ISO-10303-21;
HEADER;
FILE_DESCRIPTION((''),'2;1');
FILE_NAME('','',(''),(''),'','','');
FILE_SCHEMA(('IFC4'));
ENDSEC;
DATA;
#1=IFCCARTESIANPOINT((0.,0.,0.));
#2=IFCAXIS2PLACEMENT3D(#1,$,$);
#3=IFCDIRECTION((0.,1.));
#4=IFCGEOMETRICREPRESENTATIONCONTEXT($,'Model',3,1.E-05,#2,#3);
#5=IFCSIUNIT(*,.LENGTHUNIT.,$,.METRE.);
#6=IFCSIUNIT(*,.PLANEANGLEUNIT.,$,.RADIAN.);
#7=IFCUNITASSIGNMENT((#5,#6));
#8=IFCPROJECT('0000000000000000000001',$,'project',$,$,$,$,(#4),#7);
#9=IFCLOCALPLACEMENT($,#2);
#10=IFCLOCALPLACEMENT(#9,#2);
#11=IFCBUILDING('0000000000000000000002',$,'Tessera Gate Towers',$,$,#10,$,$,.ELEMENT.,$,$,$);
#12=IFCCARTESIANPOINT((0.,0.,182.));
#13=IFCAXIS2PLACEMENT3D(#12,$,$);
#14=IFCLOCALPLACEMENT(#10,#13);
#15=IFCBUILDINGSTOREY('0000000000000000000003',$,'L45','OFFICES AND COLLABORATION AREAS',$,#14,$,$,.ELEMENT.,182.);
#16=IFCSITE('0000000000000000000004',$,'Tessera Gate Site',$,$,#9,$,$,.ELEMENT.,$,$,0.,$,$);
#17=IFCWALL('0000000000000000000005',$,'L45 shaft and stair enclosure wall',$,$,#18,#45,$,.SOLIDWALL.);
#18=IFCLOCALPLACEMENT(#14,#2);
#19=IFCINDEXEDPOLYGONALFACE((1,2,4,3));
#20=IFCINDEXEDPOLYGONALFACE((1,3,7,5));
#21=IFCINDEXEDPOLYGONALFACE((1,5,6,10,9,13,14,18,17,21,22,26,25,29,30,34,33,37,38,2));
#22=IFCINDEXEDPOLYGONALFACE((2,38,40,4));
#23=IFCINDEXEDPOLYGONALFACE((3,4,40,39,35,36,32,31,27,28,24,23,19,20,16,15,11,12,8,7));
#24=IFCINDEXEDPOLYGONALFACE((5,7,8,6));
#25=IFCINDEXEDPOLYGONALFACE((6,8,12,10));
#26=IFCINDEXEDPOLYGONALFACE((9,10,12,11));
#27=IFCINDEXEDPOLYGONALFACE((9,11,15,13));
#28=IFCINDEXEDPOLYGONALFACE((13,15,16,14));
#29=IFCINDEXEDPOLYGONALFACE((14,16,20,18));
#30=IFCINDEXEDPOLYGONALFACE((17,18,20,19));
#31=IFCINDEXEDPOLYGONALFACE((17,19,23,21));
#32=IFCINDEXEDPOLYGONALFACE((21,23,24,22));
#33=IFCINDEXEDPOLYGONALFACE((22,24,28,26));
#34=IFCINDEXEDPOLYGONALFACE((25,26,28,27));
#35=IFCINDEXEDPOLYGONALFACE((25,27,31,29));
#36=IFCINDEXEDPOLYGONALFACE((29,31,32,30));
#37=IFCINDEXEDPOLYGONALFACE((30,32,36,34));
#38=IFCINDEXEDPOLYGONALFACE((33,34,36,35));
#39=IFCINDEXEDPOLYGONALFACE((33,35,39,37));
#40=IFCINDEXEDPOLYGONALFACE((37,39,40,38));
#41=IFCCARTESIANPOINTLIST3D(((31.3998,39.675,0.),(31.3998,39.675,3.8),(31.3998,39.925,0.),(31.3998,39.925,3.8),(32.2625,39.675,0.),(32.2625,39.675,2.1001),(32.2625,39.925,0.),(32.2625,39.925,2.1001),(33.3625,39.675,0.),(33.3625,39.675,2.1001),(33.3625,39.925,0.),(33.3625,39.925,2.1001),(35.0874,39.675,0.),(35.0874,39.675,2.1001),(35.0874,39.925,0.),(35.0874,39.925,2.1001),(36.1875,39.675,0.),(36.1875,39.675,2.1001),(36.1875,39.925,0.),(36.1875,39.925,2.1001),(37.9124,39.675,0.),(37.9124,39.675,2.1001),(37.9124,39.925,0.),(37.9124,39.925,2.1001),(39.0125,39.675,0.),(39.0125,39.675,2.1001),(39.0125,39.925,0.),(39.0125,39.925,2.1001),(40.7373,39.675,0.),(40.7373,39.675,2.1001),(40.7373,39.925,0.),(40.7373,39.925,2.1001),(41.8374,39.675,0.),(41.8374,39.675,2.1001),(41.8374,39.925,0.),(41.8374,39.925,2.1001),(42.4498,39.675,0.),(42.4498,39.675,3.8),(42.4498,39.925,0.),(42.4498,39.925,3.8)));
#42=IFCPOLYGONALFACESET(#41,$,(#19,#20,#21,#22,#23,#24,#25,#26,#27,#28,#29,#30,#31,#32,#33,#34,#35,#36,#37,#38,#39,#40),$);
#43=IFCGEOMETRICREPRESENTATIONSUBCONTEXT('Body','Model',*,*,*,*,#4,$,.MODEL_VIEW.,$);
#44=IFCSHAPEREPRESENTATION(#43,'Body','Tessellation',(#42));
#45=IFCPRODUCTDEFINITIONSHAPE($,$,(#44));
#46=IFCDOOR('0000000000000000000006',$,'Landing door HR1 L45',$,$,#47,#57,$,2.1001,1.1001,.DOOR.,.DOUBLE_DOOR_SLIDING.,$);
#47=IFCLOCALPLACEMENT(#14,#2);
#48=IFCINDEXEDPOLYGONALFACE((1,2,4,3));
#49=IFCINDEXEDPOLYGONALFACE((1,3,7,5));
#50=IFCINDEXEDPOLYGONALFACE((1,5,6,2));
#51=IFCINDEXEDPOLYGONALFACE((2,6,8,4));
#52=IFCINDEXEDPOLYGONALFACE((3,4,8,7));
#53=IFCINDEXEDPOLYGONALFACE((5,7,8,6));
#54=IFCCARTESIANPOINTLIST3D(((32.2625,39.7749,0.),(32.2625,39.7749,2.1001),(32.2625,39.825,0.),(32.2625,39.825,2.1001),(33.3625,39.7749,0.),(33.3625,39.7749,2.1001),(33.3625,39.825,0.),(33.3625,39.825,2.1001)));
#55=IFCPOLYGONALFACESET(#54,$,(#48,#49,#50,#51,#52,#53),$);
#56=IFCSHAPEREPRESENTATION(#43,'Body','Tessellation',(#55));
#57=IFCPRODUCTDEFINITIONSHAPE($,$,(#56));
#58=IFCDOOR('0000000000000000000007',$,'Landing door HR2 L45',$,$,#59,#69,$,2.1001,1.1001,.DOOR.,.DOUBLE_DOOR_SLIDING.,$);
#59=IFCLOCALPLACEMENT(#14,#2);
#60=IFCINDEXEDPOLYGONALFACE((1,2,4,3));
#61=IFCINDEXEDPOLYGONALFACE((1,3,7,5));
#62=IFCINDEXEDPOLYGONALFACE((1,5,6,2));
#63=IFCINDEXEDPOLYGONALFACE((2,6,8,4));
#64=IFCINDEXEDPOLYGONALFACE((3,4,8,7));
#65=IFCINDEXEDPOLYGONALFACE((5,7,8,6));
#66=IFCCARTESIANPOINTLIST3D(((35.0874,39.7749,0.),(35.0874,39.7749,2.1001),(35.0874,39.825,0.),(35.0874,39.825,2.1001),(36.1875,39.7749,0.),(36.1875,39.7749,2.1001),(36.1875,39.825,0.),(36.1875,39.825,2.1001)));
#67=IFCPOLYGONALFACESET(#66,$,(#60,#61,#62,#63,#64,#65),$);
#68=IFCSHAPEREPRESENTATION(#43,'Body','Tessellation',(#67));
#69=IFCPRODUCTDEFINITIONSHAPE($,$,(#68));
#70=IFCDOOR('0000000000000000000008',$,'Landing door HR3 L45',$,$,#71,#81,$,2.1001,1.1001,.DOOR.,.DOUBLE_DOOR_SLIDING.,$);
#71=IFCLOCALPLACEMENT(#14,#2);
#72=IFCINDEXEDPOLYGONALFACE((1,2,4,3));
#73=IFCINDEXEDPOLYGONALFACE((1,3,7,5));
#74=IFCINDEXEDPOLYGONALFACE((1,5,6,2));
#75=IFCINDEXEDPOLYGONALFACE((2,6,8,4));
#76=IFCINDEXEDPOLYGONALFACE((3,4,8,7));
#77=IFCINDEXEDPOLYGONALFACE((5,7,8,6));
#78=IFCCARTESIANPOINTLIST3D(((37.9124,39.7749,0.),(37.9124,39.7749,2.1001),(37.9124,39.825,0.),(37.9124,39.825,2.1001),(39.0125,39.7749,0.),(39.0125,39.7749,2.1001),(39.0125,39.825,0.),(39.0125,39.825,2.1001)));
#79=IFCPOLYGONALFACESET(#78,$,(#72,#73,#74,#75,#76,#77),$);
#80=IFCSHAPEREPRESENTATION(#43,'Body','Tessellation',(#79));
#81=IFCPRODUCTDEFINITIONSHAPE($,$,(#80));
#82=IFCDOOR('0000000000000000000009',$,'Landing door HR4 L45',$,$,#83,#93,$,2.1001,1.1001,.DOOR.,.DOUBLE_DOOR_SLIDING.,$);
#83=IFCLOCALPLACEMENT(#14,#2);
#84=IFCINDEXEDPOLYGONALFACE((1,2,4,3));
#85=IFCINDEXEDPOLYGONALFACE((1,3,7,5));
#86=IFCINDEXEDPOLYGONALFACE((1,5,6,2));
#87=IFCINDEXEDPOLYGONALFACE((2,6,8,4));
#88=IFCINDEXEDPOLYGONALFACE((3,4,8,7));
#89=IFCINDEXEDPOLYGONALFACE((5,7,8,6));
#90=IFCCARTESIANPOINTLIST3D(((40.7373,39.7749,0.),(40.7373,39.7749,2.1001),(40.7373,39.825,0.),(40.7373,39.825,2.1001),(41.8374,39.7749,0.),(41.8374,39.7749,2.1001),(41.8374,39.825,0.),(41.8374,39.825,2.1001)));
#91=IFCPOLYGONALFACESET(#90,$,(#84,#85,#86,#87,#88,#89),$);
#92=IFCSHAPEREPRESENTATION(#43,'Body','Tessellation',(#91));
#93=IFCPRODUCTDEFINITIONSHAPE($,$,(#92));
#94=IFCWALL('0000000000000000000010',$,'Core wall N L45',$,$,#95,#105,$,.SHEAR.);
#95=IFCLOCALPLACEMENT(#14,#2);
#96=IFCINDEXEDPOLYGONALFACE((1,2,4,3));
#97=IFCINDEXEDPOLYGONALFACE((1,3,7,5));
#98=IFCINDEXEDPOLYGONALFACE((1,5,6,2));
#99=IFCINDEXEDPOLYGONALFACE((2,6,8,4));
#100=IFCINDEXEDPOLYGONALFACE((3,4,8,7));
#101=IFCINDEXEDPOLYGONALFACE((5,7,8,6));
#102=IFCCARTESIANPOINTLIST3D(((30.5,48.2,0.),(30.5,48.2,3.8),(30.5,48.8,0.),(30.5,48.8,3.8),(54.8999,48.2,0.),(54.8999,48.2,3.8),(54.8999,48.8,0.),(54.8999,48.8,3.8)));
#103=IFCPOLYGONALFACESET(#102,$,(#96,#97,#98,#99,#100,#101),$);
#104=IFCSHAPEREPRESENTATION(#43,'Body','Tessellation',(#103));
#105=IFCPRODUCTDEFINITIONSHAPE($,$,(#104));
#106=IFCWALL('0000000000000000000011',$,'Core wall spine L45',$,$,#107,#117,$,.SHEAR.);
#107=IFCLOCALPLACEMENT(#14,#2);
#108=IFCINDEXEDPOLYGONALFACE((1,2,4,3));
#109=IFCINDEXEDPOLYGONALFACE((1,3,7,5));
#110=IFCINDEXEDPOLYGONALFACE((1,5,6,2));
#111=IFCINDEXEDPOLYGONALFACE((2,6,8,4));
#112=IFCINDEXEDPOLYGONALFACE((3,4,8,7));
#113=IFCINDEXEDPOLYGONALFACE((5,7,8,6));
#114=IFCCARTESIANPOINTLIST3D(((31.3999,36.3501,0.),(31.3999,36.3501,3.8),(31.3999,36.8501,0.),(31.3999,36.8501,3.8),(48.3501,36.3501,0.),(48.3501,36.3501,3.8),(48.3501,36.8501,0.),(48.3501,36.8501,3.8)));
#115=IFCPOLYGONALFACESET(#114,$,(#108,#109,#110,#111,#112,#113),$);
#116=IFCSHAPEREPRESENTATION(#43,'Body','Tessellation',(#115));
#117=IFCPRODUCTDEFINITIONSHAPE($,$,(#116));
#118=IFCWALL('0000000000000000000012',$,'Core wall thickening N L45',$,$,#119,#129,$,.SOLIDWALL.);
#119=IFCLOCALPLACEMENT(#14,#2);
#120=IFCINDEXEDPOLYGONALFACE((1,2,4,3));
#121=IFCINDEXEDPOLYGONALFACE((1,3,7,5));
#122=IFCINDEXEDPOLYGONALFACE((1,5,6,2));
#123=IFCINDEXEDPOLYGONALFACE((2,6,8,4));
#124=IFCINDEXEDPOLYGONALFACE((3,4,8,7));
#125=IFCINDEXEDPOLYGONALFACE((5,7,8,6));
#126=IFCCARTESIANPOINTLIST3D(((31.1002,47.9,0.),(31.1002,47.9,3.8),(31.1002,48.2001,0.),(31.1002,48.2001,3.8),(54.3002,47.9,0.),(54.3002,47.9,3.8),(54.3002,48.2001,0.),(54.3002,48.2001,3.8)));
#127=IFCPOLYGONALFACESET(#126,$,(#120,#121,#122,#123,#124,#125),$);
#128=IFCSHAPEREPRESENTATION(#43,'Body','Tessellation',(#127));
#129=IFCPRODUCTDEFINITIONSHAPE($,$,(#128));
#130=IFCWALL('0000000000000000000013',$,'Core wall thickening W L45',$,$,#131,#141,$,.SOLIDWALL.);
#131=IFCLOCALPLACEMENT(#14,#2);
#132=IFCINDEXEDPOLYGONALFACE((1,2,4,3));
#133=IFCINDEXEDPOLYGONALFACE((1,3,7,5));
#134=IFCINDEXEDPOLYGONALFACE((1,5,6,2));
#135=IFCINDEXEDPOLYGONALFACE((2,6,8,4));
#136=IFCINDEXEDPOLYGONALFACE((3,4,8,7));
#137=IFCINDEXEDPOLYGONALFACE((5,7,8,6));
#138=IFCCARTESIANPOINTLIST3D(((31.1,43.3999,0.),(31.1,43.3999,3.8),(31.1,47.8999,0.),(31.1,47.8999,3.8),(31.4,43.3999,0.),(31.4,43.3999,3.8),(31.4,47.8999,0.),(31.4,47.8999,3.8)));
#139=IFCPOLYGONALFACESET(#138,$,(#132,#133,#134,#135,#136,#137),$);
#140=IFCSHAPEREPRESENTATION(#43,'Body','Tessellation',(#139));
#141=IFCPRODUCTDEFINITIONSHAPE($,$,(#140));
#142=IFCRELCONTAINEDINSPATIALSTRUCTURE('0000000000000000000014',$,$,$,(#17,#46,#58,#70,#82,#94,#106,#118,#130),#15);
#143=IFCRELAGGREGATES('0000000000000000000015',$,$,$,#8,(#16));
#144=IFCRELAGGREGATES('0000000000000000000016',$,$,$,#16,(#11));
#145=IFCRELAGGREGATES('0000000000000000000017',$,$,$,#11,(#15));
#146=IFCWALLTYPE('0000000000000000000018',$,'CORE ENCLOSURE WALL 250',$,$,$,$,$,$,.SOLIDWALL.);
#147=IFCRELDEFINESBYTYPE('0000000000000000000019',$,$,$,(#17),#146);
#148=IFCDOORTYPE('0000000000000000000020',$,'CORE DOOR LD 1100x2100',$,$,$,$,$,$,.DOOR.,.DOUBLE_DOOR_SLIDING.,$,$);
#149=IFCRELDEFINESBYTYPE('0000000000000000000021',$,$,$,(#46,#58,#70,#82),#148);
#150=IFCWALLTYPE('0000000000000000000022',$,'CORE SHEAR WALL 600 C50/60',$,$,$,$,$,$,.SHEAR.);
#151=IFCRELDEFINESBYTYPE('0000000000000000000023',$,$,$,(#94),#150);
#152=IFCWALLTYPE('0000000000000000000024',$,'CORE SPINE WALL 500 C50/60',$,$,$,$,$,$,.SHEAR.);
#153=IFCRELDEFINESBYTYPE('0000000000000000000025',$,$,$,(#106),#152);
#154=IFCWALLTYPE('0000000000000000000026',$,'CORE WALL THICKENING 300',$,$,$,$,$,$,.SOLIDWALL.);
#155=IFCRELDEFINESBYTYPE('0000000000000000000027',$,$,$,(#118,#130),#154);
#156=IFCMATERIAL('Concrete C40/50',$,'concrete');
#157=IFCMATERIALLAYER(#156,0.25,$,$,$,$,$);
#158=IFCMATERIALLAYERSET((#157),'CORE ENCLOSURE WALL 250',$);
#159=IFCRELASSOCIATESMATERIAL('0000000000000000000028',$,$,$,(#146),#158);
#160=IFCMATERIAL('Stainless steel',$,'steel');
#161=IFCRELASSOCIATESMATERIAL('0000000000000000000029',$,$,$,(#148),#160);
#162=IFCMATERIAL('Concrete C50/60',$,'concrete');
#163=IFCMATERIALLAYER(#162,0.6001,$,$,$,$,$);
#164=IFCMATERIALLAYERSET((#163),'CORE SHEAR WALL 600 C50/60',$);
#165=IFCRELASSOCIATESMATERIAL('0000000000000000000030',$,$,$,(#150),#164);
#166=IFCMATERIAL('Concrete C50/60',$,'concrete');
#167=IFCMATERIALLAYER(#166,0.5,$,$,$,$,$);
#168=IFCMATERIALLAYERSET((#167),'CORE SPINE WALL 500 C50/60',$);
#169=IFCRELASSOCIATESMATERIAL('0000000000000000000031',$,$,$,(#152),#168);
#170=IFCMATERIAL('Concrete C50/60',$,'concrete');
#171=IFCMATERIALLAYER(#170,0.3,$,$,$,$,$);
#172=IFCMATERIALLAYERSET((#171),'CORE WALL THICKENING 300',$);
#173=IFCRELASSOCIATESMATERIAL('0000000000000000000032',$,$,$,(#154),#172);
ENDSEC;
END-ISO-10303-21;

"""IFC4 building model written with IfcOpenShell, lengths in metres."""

from ifc_helpers import new_model, si_unit, direction, frame, frame_2d, origin, place, context, subcontext, project, spatial, rectangle, extrude, source, transform, mapped, material, layer, layer_set, type_object, element, fill, save


model = new_model("IFC4")

# Units and contexts
model_context = context("Model", 3, precision=1e-05, world=origin(), true_north=direction((0.0, 1.0)))
body_context = subcontext(model_context, "Body", "Model", "MODEL_VIEW")
ifc_project = project(units=[si_unit("LENGTHUNIT", "METRE"), si_unit("PLANEANGLEUNIT", "RADIAN")], contexts=[model_context])

# Site, building, storey
site_placement = place(None, origin())
site = spatial("IfcSite", under=ifc_project, at=site_placement, Name="Tessera Gate Site", CompositionType="ELEMENT", RefElevation=0.0)
building_placement = place(site_placement, origin())
building = spatial("IfcBuilding", under=site, at=building_placement, Name="Tessera Gate Towers", CompositionType="ELEMENT")
storey_placement = place(building_placement, frame((0.0, 0.0, 182.0)))
storey = spatial("IfcBuildingStorey", under=building, at=storey_placement, Name="L45", Description="OFFICES AND COLLABORATION AREAS", CompositionType="ELEMENT", Elevation=182.0)

# Wall, openings, doors
ifc_material_1 = material(Name="Concrete C40/50", Category="concrete")
ifc_layer_1 = layer(ifc_material_1, 0.25)
ifc_layer_set_1 = layer_set([ifc_layer_1], Name="CORE ENCLOSURE WALL 250")
wall_type_1 = type_object("IfcWallType", Name="CORE ENCLOSURE WALL 250", PredefinedType="SOLIDWALL", material=ifc_layer_set_1)
wall_1_placement = place(storey_placement, frame((31.3999, 39.8, 0.0), z_axis=(0.0, 0.0, 1.0), x_axis=(1.0, 0.0, 0.0)))
wall_1 = element("IfcWall", 1, at=wall_1_placement, inside=storey, type_object=wall_type_1, Name="L45 shaft and stair enclosure wall", PredefinedType="SOLIDWALL", context=body_context, shape_type="SweptSolid", body=[
    extrude(rectangle(XDim=11.05, YDim=0.25, at=frame_2d((5.5249, 0.0))), origin(), (0.0, 0.0, 1.0), 3.8),
])
shared_shape_1 = source(origin(), body_context, "Body", "SweptSolid", [
    extrude(rectangle(XDim=1.1001, YDim=2.1001, at=frame_2d((0.55, 1.05))), frame((0.0, 0.135, 0.0), z_axis=(0.0, -1.0, 0.0), x_axis=(1.0, 0.0, 0.0)), (0.0, 0.0, 1.0), 0.27),
])
opening_1_placement = place(wall_1_placement, frame((0.8625, 0.0, 0.0)))
opening_1 = element("IfcOpeningElement", 2, at=opening_1_placement, cuts=wall_1, PredefinedType="OPENING", context=body_context, shape_type="MappedRepresentation", body=[
    mapped(shared_shape_1, transform((0.0, 0.0, 0.0), scale=1.0)),
])
opening_2_placement = place(wall_1_placement, frame((3.6875, 0.0, 0.0)))
opening_2 = element("IfcOpeningElement", 3, at=opening_2_placement, cuts=wall_1, PredefinedType="OPENING", context=body_context, shape_type="MappedRepresentation", body=[
    mapped(shared_shape_1, transform((0.0, 0.0, 0.0), scale=1.0)),
])
opening_3_placement = place(wall_1_placement, frame((6.5125, 0.0, 0.0)))
opening_3 = element("IfcOpeningElement", 4, at=opening_3_placement, cuts=wall_1, PredefinedType="OPENING", context=body_context, shape_type="MappedRepresentation", body=[
    mapped(shared_shape_1, transform((0.0, 0.0, 0.0), scale=1.0)),
])
opening_4_placement = place(wall_1_placement, frame((9.3374, 0.0, 0.0)))
opening_4 = element("IfcOpeningElement", 5, at=opening_4_placement, cuts=wall_1, PredefinedType="OPENING", context=body_context, shape_type="MappedRepresentation", body=[
    mapped(shared_shape_1, transform((0.0, 0.0, 0.0), scale=1.0)),
])
ifc_material_2 = material(Name="Stainless steel", Category="steel")
door_type_1 = type_object("IfcDoorType", Name="CORE DOOR LD 1100x2100", OperationType="DOUBLE_DOOR_SLIDING", PredefinedType="DOOR", material=ifc_material_2)
shared_shape_2 = source(origin(), body_context, "Body", "SweptSolid", [
    extrude(rectangle(XDim=1.1001, YDim=2.1001, at=frame_2d((0.55, 1.05))), frame((0.0, 0.0249, 0.0), z_axis=(0.0, -1.0, 0.0), x_axis=(1.0, 0.0, 0.0)), (0.0, 0.0, 1.0), 0.05),
])
door_1_placement = place(opening_1_placement, origin())
door_1 = element("IfcDoor", 6, at=door_1_placement, inside=storey, type_object=door_type_1, Name="Landing door HR1 L45", OperationType="DOUBLE_DOOR_SLIDING", OverallHeight=2.1001, OverallWidth=1.1001, PredefinedType="DOOR", context=body_context, shape_type="MappedRepresentation", body=[
    mapped(shared_shape_2, transform((0.0, 0.0, 0.0), scale=1.0)),
])
fill(opening_1, door_1)
door_2_placement = place(opening_2_placement, origin())
door_2 = element("IfcDoor", 7, at=door_2_placement, inside=storey, type_object=door_type_1, Name="Landing door HR2 L45", OperationType="DOUBLE_DOOR_SLIDING", OverallHeight=2.1001, OverallWidth=1.1001, PredefinedType="DOOR", context=body_context, shape_type="MappedRepresentation", body=[
    mapped(shared_shape_2, transform((0.0, 0.0, 0.0), scale=1.0)),
])
fill(opening_2, door_2)
door_3_placement = place(opening_3_placement, origin())
door_3 = element("IfcDoor", 8, at=door_3_placement, inside=storey, type_object=door_type_1, Name="Landing door HR3 L45", OperationType="DOUBLE_DOOR_SLIDING", OverallHeight=2.1001, OverallWidth=1.1001, PredefinedType="DOOR", context=body_context, shape_type="MappedRepresentation", body=[
    mapped(shared_shape_2, transform((0.0, 0.0, 0.0), scale=1.0)),
])
fill(opening_3, door_3)
door_4_placement = place(opening_4_placement, origin())
door_4 = element("IfcDoor", 9, at=door_4_placement, inside=storey, type_object=door_type_1, Name="Landing door HR4 L45", OperationType="DOUBLE_DOOR_SLIDING", OverallHeight=2.1001, OverallWidth=1.1001, PredefinedType="DOOR", context=body_context, shape_type="MappedRepresentation", body=[
    mapped(shared_shape_2, transform((0.0, 0.0, 0.0), scale=1.0)),
])
fill(opening_4, door_4)

# Walls
ifc_material_3 = material(Name="Concrete C50/60", Category="concrete")
ifc_layer_2 = layer(ifc_material_3, 0.6001)
ifc_layer_set_2 = layer_set([ifc_layer_2], Name="CORE SHEAR WALL 600 C50/60")
wall_type_2 = type_object("IfcWallType", Name="CORE SHEAR WALL 600 C50/60", PredefinedType="SHEAR", material=ifc_layer_set_2)
wall_2_placement = place(storey_placement, frame((30.5, 48.5, 0.0), z_axis=(0.0, 0.0, 1.0), x_axis=(1.0, 0.0, 0.0)))
element("IfcWall", 10, at=wall_2_placement, inside=storey, type_object=wall_type_2, Name="Core wall N L45", PredefinedType="SHEAR", context=body_context, shape_type="SweptSolid", body=[
    extrude(rectangle(XDim=24.3999, YDim=0.6001, at=frame_2d((12.2, 0.0))), origin(), (0.0, 0.0, 1.0), 3.8),
])
ifc_material_4 = material(Name="Concrete C50/60", Category="concrete")
ifc_layer_3 = layer(ifc_material_4, 0.5)
ifc_layer_set_3 = layer_set([ifc_layer_3], Name="CORE SPINE WALL 500 C50/60")
wall_type_3 = type_object("IfcWallType", Name="CORE SPINE WALL 500 C50/60", PredefinedType="SHEAR", material=ifc_layer_set_3)
wall_3_placement = place(storey_placement, frame((31.3999, 36.6001, 0.0), z_axis=(0.0, 0.0, 1.0), x_axis=(1.0, 0.0, 0.0)))
element("IfcWall", 11, at=wall_3_placement, inside=storey, type_object=wall_type_3, Name="Core wall spine L45", PredefinedType="SHEAR", context=body_context, shape_type="SweptSolid", body=[
    extrude(rectangle(XDim=16.9502, YDim=0.5, at=frame_2d((8.4751, 0.0))), origin(), (0.0, 0.0, 1.0), 3.8),
])
ifc_material_5 = material(Name="Concrete C50/60", Category="concrete")
ifc_layer_4 = layer(ifc_material_5, 0.3)
ifc_layer_set_4 = layer_set([ifc_layer_4], Name="CORE WALL THICKENING 300")
wall_type_4 = type_object("IfcWallType", Name="CORE WALL THICKENING 300", PredefinedType="SOLIDWALL", material=ifc_layer_set_4)
wall_4_placement = place(storey_placement, frame((31.1001, 48.05, 0.0), z_axis=(0.0, 0.0, 1.0), x_axis=(1.0, 0.0, 0.0)))
element("IfcWall", 12, at=wall_4_placement, inside=storey, type_object=wall_type_4, Name="Core wall thickening N L45", PredefinedType="SOLIDWALL", context=body_context, shape_type="SweptSolid", body=[
    extrude(rectangle(XDim=23.2, YDim=0.3, at=frame_2d((11.6001, 0.0))), origin(), (0.0, 0.0, 1.0), 3.8),
])
wall_5_placement = place(storey_placement, frame((31.25, 43.3999, 0.0), z_axis=(0.0, 0.0, 1.0), x_axis=(0.0, 1.0, 0.0)))
element("IfcWall", 13, at=wall_5_placement, inside=storey, type_object=wall_type_4, Name="Core wall thickening W L45", PredefinedType="SOLIDWALL", context=body_context, shape_type="SweptSolid", body=[
    extrude(rectangle(XDim=4.5, YDim=0.3, at=frame_2d((2.25, 0.0))), origin(), (0.0, 0.0, 1.0), 3.8),
])

save(model, "model.ifc")
